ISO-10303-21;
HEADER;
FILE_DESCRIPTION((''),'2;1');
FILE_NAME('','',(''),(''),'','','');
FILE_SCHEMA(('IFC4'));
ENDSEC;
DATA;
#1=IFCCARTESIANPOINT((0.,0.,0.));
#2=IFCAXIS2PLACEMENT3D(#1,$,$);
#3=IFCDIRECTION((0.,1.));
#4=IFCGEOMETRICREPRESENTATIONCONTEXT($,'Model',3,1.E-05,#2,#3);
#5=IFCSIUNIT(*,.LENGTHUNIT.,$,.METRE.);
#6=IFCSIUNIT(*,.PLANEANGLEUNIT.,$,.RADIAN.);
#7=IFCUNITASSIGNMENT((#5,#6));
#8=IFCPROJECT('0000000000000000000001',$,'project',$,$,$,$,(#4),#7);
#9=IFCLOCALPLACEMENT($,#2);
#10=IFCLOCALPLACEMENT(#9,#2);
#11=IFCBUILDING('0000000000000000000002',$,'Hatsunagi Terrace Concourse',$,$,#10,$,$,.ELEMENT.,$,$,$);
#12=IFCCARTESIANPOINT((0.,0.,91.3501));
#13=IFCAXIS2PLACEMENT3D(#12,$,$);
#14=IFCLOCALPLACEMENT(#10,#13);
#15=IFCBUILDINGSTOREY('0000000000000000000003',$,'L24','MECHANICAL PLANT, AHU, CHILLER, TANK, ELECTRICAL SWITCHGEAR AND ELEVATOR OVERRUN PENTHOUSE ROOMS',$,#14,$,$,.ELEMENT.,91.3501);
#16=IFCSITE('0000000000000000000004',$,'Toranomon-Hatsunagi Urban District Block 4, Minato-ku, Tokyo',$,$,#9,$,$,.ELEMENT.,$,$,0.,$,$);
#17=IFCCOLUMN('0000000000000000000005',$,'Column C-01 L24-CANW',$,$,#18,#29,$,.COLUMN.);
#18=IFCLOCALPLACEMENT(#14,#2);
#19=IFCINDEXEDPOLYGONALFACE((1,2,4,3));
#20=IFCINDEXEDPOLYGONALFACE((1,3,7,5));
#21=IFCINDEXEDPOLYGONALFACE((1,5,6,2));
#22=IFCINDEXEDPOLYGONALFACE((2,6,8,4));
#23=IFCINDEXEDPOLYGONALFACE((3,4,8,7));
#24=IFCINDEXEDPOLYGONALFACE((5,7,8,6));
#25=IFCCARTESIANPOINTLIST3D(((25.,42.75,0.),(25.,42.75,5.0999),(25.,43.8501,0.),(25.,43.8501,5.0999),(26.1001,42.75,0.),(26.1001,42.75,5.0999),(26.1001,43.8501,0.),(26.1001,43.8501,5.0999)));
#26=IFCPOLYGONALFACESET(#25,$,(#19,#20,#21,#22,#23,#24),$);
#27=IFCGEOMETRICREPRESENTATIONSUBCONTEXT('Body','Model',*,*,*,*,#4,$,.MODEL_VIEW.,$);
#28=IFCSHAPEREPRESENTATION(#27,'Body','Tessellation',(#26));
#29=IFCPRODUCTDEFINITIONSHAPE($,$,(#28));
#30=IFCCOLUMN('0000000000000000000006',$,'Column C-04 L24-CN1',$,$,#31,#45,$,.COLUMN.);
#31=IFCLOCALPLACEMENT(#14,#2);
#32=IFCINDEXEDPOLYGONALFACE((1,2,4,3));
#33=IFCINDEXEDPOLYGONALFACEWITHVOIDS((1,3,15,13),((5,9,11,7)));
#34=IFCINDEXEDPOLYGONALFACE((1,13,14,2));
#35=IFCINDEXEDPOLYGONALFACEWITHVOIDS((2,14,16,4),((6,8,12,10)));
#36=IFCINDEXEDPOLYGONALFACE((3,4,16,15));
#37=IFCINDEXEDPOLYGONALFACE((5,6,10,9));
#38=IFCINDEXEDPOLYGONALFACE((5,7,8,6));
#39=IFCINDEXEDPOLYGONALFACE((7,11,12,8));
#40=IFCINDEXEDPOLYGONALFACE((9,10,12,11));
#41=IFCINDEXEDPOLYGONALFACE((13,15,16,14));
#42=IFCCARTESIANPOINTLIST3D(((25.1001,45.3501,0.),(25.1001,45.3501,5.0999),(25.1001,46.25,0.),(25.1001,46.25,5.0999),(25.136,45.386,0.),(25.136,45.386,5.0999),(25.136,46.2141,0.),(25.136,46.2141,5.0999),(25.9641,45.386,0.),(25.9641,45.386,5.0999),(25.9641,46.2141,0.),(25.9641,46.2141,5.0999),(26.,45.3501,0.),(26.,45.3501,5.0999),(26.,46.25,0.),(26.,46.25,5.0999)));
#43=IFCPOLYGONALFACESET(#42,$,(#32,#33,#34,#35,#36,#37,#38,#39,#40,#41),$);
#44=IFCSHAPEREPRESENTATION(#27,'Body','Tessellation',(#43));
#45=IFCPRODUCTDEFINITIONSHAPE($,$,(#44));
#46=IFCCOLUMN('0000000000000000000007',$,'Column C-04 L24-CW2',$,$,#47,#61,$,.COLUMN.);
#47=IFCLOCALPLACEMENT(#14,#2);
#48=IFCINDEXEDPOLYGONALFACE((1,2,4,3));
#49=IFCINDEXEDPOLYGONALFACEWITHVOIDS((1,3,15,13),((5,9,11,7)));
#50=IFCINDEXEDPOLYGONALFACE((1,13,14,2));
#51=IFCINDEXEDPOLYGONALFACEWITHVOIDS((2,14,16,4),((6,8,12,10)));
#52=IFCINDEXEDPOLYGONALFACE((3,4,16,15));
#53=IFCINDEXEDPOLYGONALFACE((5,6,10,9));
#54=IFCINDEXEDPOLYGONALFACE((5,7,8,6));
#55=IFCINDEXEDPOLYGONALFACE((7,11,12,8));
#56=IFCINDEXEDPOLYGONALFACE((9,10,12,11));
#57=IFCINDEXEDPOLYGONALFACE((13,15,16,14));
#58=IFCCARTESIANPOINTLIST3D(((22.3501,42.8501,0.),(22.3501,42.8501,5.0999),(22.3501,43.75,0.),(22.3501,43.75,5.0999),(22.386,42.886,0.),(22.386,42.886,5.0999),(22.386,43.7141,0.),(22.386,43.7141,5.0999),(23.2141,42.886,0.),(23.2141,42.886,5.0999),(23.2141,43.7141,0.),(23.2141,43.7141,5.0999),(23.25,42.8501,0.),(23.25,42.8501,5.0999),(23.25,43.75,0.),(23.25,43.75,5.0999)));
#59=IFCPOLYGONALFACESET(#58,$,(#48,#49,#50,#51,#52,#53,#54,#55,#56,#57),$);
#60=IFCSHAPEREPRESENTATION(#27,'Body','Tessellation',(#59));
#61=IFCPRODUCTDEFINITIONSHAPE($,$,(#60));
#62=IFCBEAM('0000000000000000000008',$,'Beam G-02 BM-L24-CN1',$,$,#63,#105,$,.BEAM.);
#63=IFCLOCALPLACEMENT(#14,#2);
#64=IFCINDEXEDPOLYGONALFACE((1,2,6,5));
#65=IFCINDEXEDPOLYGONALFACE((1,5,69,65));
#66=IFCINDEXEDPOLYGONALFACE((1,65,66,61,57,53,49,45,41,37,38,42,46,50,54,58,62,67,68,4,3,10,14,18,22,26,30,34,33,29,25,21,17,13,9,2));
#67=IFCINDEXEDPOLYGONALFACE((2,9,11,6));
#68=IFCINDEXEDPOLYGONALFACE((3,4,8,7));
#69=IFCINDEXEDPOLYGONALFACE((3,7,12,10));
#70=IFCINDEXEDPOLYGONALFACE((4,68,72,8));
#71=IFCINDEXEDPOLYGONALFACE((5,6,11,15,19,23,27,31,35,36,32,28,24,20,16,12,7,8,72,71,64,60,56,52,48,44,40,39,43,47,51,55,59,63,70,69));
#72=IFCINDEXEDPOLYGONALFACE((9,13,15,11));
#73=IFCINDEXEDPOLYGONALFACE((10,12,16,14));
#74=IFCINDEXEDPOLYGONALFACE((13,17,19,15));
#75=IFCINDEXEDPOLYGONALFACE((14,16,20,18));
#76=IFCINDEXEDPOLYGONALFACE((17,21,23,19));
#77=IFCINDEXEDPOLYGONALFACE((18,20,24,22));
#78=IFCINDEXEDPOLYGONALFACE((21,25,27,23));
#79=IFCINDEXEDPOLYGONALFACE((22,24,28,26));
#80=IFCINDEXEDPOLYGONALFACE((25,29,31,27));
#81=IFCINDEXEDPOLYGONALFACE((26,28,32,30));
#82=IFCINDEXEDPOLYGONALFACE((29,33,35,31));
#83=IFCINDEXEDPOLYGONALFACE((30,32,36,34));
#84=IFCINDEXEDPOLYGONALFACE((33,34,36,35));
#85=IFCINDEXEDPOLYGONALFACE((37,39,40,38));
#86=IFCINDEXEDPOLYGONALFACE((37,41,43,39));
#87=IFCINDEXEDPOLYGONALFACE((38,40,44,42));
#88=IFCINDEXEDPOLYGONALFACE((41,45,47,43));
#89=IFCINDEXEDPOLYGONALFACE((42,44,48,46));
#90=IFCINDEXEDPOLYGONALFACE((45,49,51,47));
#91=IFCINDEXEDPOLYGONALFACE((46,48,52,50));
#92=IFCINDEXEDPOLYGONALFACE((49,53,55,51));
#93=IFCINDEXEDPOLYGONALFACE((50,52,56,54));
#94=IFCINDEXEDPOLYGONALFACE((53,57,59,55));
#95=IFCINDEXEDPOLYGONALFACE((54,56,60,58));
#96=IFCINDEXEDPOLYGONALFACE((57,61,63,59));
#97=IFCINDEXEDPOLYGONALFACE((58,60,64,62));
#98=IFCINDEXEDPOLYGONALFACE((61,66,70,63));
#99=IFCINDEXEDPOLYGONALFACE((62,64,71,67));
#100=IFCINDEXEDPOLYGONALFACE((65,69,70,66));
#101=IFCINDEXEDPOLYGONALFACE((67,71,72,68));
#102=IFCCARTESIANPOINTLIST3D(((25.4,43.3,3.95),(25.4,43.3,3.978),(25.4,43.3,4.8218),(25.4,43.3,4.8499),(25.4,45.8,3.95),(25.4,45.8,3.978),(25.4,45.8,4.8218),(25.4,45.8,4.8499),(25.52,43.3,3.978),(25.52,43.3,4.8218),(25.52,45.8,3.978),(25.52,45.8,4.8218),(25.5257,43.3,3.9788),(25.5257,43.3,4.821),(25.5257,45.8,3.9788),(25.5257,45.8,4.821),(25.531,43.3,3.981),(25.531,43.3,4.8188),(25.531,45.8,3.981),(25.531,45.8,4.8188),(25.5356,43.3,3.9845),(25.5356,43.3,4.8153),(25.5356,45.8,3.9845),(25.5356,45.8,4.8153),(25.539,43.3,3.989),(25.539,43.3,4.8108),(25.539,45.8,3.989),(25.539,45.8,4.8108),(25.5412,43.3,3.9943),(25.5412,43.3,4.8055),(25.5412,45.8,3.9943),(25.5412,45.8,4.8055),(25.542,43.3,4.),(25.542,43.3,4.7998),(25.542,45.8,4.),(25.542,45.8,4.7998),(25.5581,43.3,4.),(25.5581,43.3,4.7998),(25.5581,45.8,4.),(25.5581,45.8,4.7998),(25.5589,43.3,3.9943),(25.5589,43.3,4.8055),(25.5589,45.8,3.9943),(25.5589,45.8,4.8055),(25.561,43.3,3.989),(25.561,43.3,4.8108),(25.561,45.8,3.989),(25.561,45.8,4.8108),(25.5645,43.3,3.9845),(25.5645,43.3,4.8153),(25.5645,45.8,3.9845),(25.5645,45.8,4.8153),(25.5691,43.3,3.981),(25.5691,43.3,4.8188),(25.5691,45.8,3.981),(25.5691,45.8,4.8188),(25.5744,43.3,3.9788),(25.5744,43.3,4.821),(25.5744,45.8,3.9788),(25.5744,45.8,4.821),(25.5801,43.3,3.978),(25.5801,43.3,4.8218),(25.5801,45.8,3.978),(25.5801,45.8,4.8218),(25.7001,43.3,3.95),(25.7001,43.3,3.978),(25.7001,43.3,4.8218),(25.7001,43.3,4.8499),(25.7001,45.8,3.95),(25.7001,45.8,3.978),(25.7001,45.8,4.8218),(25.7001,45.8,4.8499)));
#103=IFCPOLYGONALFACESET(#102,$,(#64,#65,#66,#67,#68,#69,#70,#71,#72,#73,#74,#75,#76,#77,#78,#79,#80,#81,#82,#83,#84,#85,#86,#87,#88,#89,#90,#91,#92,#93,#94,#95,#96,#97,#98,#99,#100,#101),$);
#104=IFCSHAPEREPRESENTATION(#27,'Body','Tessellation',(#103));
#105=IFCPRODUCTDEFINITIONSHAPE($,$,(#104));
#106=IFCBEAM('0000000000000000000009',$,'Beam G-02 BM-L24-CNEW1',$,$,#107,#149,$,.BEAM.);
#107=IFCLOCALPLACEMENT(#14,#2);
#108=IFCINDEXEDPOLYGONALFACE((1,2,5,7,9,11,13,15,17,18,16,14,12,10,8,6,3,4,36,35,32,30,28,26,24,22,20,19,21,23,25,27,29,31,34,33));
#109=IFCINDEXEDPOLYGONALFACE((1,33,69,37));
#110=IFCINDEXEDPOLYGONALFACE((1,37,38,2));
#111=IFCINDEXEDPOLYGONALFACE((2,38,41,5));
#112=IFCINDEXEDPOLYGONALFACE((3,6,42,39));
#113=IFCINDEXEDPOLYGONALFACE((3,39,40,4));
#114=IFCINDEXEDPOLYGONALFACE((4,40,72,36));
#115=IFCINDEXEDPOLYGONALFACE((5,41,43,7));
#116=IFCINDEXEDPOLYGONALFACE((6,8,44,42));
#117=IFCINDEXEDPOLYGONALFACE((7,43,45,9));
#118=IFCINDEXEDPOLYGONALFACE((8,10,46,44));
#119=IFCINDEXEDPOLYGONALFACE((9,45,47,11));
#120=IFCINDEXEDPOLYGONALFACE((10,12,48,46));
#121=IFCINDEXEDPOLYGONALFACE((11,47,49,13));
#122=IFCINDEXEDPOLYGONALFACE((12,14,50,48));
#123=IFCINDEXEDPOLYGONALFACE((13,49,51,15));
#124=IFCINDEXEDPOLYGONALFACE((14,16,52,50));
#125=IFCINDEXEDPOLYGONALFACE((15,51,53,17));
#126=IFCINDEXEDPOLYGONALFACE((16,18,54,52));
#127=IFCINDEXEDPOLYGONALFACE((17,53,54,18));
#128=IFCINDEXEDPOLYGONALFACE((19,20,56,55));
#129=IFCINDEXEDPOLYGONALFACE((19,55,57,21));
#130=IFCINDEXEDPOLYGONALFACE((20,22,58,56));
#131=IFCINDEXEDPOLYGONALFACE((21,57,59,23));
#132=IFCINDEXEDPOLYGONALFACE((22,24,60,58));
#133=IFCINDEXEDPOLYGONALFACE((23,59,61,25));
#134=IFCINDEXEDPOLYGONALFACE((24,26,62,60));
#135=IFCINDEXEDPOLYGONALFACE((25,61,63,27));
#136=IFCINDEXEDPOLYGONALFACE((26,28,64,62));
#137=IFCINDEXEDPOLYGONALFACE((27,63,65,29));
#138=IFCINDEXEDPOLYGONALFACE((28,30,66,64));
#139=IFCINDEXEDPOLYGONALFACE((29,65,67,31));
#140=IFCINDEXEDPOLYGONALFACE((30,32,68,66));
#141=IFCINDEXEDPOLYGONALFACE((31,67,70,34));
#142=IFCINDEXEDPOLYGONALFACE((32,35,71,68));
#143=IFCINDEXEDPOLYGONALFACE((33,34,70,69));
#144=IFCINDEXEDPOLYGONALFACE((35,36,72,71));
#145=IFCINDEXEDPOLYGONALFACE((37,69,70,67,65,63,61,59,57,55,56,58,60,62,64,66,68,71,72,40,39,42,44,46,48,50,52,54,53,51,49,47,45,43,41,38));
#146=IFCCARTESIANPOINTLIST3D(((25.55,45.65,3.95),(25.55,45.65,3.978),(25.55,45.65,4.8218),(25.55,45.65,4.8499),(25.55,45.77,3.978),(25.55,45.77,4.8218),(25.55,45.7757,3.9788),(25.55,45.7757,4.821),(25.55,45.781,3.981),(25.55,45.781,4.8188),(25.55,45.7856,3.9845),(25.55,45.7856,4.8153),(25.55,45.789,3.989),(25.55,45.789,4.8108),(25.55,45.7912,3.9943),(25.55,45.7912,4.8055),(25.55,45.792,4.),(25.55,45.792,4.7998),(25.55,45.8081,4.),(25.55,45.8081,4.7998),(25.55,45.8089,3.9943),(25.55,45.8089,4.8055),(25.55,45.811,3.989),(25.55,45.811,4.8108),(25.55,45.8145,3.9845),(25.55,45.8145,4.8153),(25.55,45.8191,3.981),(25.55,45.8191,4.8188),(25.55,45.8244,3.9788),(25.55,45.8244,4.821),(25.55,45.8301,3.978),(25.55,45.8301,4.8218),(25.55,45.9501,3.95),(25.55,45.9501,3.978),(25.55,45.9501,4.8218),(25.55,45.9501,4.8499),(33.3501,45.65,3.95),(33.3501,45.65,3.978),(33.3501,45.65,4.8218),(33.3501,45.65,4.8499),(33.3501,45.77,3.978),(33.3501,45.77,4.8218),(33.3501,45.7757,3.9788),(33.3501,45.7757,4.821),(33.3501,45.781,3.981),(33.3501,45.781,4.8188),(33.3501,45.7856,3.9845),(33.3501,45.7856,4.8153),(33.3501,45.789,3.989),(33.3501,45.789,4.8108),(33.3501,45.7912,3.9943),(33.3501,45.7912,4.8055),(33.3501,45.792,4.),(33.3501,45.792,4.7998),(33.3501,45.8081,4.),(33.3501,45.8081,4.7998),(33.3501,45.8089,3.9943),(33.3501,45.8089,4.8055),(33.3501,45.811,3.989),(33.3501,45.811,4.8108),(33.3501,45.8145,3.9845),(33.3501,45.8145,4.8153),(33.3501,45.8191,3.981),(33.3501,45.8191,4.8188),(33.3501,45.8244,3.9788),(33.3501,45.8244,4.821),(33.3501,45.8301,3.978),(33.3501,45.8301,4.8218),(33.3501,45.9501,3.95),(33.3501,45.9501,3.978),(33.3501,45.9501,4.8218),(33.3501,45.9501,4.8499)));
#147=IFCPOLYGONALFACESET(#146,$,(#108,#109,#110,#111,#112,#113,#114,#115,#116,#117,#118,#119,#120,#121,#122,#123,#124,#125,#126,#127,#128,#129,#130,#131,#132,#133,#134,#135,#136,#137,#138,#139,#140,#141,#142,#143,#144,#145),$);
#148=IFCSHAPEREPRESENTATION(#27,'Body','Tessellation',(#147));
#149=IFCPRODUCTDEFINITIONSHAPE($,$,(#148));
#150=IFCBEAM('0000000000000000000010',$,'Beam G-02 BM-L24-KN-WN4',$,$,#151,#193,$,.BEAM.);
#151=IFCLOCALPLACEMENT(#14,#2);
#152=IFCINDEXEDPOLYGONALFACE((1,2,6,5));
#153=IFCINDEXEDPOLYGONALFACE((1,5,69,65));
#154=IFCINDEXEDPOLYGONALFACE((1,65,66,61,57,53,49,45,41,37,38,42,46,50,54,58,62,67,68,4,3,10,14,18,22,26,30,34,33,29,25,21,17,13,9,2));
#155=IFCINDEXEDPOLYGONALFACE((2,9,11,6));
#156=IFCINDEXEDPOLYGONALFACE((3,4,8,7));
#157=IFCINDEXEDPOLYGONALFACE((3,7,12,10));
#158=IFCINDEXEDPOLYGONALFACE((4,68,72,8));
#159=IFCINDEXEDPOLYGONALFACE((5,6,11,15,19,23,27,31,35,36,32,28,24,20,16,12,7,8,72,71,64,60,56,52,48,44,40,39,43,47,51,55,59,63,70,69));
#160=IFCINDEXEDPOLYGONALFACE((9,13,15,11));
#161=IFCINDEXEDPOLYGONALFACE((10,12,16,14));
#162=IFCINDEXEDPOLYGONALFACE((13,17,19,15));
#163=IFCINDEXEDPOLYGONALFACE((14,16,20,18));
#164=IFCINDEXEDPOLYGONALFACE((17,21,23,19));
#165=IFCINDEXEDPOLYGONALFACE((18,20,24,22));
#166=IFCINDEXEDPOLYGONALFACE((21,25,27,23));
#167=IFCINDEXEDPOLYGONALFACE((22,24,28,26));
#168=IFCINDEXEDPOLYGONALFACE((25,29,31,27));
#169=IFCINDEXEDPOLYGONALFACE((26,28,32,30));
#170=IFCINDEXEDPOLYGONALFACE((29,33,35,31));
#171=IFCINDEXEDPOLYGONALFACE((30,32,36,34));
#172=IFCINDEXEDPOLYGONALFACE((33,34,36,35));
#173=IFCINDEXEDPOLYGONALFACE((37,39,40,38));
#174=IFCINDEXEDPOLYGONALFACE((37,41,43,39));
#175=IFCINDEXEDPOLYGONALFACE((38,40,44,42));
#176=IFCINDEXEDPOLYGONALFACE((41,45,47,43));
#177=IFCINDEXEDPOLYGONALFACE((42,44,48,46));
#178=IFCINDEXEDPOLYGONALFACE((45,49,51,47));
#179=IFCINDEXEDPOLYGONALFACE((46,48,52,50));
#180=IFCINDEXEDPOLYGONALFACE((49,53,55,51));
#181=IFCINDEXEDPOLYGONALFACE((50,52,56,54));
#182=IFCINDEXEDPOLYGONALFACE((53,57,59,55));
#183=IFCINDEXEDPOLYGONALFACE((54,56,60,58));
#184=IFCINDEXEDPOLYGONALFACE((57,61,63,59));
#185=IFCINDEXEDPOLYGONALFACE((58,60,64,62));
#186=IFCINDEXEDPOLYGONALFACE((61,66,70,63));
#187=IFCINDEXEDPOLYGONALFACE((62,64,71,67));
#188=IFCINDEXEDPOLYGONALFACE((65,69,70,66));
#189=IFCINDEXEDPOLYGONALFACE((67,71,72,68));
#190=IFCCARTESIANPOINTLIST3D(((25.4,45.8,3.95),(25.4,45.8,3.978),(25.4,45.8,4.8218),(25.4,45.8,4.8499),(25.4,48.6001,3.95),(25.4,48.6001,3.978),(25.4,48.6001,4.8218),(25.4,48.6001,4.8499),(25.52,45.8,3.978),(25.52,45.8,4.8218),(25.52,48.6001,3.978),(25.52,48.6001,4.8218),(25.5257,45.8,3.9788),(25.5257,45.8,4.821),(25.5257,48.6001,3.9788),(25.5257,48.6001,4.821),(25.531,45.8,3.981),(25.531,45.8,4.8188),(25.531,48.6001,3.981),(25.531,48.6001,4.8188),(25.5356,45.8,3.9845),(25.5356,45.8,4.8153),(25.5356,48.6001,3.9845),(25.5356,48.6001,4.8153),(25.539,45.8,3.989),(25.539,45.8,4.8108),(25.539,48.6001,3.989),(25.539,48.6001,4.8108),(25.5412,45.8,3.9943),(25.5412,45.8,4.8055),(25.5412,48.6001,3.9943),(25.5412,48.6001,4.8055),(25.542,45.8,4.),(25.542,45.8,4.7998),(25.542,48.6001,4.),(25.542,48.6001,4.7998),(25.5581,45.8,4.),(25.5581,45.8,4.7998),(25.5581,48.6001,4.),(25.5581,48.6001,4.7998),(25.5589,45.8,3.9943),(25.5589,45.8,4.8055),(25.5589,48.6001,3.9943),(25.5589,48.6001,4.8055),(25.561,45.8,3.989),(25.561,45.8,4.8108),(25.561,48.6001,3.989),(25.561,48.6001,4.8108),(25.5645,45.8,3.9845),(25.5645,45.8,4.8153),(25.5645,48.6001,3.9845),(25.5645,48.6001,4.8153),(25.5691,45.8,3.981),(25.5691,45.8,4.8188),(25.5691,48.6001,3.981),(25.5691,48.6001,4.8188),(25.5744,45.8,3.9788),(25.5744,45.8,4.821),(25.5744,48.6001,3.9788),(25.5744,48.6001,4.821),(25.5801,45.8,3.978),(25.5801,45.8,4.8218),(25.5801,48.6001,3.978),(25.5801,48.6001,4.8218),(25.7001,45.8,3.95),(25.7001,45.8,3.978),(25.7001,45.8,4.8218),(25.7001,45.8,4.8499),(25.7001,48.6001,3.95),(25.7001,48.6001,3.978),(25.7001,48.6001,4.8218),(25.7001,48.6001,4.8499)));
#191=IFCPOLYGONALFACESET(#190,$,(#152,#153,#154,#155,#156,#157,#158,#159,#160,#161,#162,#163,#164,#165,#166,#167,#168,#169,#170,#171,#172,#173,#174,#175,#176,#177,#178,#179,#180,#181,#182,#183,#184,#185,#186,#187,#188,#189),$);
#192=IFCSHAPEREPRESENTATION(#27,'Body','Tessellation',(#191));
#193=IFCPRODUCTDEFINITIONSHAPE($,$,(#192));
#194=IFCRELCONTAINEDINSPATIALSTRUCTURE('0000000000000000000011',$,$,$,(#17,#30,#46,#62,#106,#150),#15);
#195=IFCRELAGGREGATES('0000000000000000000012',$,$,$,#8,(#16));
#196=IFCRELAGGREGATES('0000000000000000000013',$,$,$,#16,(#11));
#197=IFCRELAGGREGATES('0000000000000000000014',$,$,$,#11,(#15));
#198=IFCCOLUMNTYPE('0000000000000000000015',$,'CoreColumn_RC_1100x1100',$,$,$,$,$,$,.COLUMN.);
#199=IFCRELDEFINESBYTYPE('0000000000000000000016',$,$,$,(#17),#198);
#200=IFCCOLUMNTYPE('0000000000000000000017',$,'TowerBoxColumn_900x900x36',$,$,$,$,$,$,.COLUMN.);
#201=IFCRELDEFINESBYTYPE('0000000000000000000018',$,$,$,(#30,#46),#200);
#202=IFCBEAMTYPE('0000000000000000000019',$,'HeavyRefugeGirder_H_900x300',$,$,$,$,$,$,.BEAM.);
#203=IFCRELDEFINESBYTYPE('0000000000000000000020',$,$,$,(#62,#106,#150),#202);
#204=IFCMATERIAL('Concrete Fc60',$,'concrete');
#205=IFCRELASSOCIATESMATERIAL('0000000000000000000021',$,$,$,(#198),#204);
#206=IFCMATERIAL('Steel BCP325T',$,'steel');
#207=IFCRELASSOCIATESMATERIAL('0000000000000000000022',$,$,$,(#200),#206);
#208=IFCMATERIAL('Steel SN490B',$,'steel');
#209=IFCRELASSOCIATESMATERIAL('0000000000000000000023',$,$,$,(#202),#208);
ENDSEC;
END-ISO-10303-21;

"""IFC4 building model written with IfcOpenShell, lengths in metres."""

from ifc_helpers import new_model, si_unit, direction, frame, origin, origin_2d, place, context, subcontext, project, spatial, rectangle, hollow_rectangle, i_section, extrude, material, material_profile, profile_set, type_object, element, save


model = new_model("IFC4")

# Units and contexts
model_context = context("Model", 3, precision=1e-05, world=origin(), true_north=direction((0.0, 1.0)))
body_context = subcontext(model_context, "Body", "Model", "MODEL_VIEW")
ifc_project = project(units=[si_unit("LENGTHUNIT", "METRE"), si_unit("PLANEANGLEUNIT", "RADIAN")], contexts=[model_context])

# Site, building, storey
site_placement = place(None, origin())
site = spatial("IfcSite", under=ifc_project, at=site_placement, Name="Toranomon-Hatsunagi Urban District Block 4, Minato-ku, Tokyo", CompositionType="ELEMENT", RefElevation=0.0)
building_placement = place(site_placement, origin())
building = spatial("IfcBuilding", under=site, at=building_placement, Name="Hatsunagi Terrace Concourse", CompositionType="ELEMENT")
storey_placement = place(building_placement, frame((0.0, 0.0, 91.3501)))
storey = spatial("IfcBuildingStorey", under=building, at=storey_placement, Name="L24", Description="MECHANICAL PLANT, AHU, CHILLER, TANK, ELECTRICAL SWITCHGEAR AND ELEVATOR OVERRUN PENTHOUSE ROOMS", CompositionType="ELEMENT", Elevation=91.3501)

# Columns
ifc_material_1 = material(Name="Concrete Fc60", Category="concrete")
ifc_material_profile_1 = material_profile(ifc_material_1, rectangle(XDim=1.1001, YDim=1.1001, at=origin_2d()), Name="RC-1100x1100")
ifc_profile_set_1 = profile_set([ifc_material_profile_1], Name="Concrete Fc60")
column_type_1 = type_object("IfcColumnType", Name="CoreColumn_RC_1100x1100", PredefinedType="COLUMN", material=ifc_profile_set_1)
column_placement = place(storey_placement, frame((25.55, 43.3, 0.0), z_axis=(0.0, 0.0, 1.0), x_axis=(1.0, 0.0, 0.0)))
element("IfcColumn", 1, at=column_placement, inside=storey, type_object=column_type_1, Name="Column C-01 L24-CANW", PredefinedType="COLUMN", context=body_context, shape_type="SweptSolid", body=[
    extrude(rectangle(XDim=1.1001, YDim=1.1001, at=origin_2d()), origin(), (0.0, 0.0, 1.0), 5.0999),
])
ifc_material_2 = material(Name="Steel BCP325T", Category="steel")
ifc_material_profile_2 = material_profile(ifc_material_2, hollow_rectangle(XDim=0.8999, YDim=0.8999, WallThickness=0.0359, at=origin_2d()), Name="BCP-900x900x36")
ifc_profile_set_2 = profile_set([ifc_material_profile_2], Name="Steel BCP325T")
column_type_2 = type_object("IfcColumnType", Name="TowerBoxColumn_900x900x36", PredefinedType="COLUMN", material=ifc_profile_set_2)
for number, where, z_axis, x_axis, name in (
    (2, (25.55, 45.8, 0.0), (0.0, 0.0, 1.0), (1.0, 0.0, 0.0), "Column C-04 L24-CN1"),
    (3, (22.8, 43.3, 0.0), (0.0, 0.0, 1.0), (1.0, 0.0, 0.0), "Column C-04 L24-CW2"),
):
    element("IfcColumn", number, at=place(storey_placement, frame(where, z_axis=z_axis, x_axis=x_axis)), inside=storey, type_object=column_type_2, Name=name, PredefinedType="COLUMN", context=body_context, shape_type="SweptSolid", body=[
        extrude(hollow_rectangle(XDim=0.8999, YDim=0.8999, WallThickness=0.0359, at=origin_2d()), origin(), (0.0, 0.0, 1.0), 5.0999),
    ])

# Beams
ifc_material_3 = material(Name="Steel SN490B", Category="steel")
ifc_material_profile_3 = material_profile(ifc_material_3, i_section(OverallWidth=0.3, OverallDepth=0.8999, WebThickness=0.0161, FlangeThickness=0.0281, FilletRadius=0.022, at=origin_2d()), Name="H-900x300x16x28")
ifc_profile_set_3 = profile_set([ifc_material_profile_3], Name="Steel SN490B")
beam_type = type_object("IfcBeamType", Name="HeavyRefugeGirder_H_900x300", PredefinedType="BEAM", material=ifc_profile_set_3)
beam_1_placement = place(storey_placement, frame((25.55, 43.3, 4.3999), z_axis=(0.0, 1.0, 0.0), x_axis=(-1.0, 0.0, 0.0)))
element("IfcBeam", 4, at=beam_1_placement, inside=storey, type_object=beam_type, Name="Beam G-02 BM-L24-CN1", PredefinedType="BEAM", context=body_context, shape_type="SweptSolid", body=[
    extrude(i_section(OverallWidth=0.3, OverallDepth=0.8999, WebThickness=0.0161, FlangeThickness=0.0281, FilletRadius=0.022, at=origin_2d()), origin(), (0.0, 0.0, 1.0), 2.5),
])
beam_2_placement = place(storey_placement, frame((25.55, 45.8, 4.3999), z_axis=(1.0, 0.0, 0.0), x_axis=(0.0, 1.0, 0.0)))
element("IfcBeam", 5, at=beam_2_placement, inside=storey, type_object=beam_type, Name="Beam G-02 BM-L24-CNEW1", PredefinedType="BEAM", context=body_context, shape_type="SweptSolid", body=[
    extrude(i_section(OverallWidth=0.3, OverallDepth=0.8999, WebThickness=0.0161, FlangeThickness=0.0281, FilletRadius=0.022, at=origin_2d()), origin(), (0.0, 0.0, 1.0), 7.8),
])
beam_3_placement = place(storey_placement, frame((25.55, 45.8, 4.3999), z_axis=(0.0, 1.0, 0.0), x_axis=(-1.0, 0.0, 0.0)))
element("IfcBeam", 6, at=beam_3_placement, inside=storey, type_object=beam_type, Name="Beam G-02 BM-L24-KN-WN4", PredefinedType="BEAM", context=body_context, shape_type="SweptSolid", body=[
    extrude(i_section(OverallWidth=0.3, OverallDepth=0.8999, WebThickness=0.0161, FlangeThickness=0.0281, FilletRadius=0.022, at=origin_2d()), origin(), (0.0, 0.0, 1.0), 2.8),
])

save(model, "model.ifc")
